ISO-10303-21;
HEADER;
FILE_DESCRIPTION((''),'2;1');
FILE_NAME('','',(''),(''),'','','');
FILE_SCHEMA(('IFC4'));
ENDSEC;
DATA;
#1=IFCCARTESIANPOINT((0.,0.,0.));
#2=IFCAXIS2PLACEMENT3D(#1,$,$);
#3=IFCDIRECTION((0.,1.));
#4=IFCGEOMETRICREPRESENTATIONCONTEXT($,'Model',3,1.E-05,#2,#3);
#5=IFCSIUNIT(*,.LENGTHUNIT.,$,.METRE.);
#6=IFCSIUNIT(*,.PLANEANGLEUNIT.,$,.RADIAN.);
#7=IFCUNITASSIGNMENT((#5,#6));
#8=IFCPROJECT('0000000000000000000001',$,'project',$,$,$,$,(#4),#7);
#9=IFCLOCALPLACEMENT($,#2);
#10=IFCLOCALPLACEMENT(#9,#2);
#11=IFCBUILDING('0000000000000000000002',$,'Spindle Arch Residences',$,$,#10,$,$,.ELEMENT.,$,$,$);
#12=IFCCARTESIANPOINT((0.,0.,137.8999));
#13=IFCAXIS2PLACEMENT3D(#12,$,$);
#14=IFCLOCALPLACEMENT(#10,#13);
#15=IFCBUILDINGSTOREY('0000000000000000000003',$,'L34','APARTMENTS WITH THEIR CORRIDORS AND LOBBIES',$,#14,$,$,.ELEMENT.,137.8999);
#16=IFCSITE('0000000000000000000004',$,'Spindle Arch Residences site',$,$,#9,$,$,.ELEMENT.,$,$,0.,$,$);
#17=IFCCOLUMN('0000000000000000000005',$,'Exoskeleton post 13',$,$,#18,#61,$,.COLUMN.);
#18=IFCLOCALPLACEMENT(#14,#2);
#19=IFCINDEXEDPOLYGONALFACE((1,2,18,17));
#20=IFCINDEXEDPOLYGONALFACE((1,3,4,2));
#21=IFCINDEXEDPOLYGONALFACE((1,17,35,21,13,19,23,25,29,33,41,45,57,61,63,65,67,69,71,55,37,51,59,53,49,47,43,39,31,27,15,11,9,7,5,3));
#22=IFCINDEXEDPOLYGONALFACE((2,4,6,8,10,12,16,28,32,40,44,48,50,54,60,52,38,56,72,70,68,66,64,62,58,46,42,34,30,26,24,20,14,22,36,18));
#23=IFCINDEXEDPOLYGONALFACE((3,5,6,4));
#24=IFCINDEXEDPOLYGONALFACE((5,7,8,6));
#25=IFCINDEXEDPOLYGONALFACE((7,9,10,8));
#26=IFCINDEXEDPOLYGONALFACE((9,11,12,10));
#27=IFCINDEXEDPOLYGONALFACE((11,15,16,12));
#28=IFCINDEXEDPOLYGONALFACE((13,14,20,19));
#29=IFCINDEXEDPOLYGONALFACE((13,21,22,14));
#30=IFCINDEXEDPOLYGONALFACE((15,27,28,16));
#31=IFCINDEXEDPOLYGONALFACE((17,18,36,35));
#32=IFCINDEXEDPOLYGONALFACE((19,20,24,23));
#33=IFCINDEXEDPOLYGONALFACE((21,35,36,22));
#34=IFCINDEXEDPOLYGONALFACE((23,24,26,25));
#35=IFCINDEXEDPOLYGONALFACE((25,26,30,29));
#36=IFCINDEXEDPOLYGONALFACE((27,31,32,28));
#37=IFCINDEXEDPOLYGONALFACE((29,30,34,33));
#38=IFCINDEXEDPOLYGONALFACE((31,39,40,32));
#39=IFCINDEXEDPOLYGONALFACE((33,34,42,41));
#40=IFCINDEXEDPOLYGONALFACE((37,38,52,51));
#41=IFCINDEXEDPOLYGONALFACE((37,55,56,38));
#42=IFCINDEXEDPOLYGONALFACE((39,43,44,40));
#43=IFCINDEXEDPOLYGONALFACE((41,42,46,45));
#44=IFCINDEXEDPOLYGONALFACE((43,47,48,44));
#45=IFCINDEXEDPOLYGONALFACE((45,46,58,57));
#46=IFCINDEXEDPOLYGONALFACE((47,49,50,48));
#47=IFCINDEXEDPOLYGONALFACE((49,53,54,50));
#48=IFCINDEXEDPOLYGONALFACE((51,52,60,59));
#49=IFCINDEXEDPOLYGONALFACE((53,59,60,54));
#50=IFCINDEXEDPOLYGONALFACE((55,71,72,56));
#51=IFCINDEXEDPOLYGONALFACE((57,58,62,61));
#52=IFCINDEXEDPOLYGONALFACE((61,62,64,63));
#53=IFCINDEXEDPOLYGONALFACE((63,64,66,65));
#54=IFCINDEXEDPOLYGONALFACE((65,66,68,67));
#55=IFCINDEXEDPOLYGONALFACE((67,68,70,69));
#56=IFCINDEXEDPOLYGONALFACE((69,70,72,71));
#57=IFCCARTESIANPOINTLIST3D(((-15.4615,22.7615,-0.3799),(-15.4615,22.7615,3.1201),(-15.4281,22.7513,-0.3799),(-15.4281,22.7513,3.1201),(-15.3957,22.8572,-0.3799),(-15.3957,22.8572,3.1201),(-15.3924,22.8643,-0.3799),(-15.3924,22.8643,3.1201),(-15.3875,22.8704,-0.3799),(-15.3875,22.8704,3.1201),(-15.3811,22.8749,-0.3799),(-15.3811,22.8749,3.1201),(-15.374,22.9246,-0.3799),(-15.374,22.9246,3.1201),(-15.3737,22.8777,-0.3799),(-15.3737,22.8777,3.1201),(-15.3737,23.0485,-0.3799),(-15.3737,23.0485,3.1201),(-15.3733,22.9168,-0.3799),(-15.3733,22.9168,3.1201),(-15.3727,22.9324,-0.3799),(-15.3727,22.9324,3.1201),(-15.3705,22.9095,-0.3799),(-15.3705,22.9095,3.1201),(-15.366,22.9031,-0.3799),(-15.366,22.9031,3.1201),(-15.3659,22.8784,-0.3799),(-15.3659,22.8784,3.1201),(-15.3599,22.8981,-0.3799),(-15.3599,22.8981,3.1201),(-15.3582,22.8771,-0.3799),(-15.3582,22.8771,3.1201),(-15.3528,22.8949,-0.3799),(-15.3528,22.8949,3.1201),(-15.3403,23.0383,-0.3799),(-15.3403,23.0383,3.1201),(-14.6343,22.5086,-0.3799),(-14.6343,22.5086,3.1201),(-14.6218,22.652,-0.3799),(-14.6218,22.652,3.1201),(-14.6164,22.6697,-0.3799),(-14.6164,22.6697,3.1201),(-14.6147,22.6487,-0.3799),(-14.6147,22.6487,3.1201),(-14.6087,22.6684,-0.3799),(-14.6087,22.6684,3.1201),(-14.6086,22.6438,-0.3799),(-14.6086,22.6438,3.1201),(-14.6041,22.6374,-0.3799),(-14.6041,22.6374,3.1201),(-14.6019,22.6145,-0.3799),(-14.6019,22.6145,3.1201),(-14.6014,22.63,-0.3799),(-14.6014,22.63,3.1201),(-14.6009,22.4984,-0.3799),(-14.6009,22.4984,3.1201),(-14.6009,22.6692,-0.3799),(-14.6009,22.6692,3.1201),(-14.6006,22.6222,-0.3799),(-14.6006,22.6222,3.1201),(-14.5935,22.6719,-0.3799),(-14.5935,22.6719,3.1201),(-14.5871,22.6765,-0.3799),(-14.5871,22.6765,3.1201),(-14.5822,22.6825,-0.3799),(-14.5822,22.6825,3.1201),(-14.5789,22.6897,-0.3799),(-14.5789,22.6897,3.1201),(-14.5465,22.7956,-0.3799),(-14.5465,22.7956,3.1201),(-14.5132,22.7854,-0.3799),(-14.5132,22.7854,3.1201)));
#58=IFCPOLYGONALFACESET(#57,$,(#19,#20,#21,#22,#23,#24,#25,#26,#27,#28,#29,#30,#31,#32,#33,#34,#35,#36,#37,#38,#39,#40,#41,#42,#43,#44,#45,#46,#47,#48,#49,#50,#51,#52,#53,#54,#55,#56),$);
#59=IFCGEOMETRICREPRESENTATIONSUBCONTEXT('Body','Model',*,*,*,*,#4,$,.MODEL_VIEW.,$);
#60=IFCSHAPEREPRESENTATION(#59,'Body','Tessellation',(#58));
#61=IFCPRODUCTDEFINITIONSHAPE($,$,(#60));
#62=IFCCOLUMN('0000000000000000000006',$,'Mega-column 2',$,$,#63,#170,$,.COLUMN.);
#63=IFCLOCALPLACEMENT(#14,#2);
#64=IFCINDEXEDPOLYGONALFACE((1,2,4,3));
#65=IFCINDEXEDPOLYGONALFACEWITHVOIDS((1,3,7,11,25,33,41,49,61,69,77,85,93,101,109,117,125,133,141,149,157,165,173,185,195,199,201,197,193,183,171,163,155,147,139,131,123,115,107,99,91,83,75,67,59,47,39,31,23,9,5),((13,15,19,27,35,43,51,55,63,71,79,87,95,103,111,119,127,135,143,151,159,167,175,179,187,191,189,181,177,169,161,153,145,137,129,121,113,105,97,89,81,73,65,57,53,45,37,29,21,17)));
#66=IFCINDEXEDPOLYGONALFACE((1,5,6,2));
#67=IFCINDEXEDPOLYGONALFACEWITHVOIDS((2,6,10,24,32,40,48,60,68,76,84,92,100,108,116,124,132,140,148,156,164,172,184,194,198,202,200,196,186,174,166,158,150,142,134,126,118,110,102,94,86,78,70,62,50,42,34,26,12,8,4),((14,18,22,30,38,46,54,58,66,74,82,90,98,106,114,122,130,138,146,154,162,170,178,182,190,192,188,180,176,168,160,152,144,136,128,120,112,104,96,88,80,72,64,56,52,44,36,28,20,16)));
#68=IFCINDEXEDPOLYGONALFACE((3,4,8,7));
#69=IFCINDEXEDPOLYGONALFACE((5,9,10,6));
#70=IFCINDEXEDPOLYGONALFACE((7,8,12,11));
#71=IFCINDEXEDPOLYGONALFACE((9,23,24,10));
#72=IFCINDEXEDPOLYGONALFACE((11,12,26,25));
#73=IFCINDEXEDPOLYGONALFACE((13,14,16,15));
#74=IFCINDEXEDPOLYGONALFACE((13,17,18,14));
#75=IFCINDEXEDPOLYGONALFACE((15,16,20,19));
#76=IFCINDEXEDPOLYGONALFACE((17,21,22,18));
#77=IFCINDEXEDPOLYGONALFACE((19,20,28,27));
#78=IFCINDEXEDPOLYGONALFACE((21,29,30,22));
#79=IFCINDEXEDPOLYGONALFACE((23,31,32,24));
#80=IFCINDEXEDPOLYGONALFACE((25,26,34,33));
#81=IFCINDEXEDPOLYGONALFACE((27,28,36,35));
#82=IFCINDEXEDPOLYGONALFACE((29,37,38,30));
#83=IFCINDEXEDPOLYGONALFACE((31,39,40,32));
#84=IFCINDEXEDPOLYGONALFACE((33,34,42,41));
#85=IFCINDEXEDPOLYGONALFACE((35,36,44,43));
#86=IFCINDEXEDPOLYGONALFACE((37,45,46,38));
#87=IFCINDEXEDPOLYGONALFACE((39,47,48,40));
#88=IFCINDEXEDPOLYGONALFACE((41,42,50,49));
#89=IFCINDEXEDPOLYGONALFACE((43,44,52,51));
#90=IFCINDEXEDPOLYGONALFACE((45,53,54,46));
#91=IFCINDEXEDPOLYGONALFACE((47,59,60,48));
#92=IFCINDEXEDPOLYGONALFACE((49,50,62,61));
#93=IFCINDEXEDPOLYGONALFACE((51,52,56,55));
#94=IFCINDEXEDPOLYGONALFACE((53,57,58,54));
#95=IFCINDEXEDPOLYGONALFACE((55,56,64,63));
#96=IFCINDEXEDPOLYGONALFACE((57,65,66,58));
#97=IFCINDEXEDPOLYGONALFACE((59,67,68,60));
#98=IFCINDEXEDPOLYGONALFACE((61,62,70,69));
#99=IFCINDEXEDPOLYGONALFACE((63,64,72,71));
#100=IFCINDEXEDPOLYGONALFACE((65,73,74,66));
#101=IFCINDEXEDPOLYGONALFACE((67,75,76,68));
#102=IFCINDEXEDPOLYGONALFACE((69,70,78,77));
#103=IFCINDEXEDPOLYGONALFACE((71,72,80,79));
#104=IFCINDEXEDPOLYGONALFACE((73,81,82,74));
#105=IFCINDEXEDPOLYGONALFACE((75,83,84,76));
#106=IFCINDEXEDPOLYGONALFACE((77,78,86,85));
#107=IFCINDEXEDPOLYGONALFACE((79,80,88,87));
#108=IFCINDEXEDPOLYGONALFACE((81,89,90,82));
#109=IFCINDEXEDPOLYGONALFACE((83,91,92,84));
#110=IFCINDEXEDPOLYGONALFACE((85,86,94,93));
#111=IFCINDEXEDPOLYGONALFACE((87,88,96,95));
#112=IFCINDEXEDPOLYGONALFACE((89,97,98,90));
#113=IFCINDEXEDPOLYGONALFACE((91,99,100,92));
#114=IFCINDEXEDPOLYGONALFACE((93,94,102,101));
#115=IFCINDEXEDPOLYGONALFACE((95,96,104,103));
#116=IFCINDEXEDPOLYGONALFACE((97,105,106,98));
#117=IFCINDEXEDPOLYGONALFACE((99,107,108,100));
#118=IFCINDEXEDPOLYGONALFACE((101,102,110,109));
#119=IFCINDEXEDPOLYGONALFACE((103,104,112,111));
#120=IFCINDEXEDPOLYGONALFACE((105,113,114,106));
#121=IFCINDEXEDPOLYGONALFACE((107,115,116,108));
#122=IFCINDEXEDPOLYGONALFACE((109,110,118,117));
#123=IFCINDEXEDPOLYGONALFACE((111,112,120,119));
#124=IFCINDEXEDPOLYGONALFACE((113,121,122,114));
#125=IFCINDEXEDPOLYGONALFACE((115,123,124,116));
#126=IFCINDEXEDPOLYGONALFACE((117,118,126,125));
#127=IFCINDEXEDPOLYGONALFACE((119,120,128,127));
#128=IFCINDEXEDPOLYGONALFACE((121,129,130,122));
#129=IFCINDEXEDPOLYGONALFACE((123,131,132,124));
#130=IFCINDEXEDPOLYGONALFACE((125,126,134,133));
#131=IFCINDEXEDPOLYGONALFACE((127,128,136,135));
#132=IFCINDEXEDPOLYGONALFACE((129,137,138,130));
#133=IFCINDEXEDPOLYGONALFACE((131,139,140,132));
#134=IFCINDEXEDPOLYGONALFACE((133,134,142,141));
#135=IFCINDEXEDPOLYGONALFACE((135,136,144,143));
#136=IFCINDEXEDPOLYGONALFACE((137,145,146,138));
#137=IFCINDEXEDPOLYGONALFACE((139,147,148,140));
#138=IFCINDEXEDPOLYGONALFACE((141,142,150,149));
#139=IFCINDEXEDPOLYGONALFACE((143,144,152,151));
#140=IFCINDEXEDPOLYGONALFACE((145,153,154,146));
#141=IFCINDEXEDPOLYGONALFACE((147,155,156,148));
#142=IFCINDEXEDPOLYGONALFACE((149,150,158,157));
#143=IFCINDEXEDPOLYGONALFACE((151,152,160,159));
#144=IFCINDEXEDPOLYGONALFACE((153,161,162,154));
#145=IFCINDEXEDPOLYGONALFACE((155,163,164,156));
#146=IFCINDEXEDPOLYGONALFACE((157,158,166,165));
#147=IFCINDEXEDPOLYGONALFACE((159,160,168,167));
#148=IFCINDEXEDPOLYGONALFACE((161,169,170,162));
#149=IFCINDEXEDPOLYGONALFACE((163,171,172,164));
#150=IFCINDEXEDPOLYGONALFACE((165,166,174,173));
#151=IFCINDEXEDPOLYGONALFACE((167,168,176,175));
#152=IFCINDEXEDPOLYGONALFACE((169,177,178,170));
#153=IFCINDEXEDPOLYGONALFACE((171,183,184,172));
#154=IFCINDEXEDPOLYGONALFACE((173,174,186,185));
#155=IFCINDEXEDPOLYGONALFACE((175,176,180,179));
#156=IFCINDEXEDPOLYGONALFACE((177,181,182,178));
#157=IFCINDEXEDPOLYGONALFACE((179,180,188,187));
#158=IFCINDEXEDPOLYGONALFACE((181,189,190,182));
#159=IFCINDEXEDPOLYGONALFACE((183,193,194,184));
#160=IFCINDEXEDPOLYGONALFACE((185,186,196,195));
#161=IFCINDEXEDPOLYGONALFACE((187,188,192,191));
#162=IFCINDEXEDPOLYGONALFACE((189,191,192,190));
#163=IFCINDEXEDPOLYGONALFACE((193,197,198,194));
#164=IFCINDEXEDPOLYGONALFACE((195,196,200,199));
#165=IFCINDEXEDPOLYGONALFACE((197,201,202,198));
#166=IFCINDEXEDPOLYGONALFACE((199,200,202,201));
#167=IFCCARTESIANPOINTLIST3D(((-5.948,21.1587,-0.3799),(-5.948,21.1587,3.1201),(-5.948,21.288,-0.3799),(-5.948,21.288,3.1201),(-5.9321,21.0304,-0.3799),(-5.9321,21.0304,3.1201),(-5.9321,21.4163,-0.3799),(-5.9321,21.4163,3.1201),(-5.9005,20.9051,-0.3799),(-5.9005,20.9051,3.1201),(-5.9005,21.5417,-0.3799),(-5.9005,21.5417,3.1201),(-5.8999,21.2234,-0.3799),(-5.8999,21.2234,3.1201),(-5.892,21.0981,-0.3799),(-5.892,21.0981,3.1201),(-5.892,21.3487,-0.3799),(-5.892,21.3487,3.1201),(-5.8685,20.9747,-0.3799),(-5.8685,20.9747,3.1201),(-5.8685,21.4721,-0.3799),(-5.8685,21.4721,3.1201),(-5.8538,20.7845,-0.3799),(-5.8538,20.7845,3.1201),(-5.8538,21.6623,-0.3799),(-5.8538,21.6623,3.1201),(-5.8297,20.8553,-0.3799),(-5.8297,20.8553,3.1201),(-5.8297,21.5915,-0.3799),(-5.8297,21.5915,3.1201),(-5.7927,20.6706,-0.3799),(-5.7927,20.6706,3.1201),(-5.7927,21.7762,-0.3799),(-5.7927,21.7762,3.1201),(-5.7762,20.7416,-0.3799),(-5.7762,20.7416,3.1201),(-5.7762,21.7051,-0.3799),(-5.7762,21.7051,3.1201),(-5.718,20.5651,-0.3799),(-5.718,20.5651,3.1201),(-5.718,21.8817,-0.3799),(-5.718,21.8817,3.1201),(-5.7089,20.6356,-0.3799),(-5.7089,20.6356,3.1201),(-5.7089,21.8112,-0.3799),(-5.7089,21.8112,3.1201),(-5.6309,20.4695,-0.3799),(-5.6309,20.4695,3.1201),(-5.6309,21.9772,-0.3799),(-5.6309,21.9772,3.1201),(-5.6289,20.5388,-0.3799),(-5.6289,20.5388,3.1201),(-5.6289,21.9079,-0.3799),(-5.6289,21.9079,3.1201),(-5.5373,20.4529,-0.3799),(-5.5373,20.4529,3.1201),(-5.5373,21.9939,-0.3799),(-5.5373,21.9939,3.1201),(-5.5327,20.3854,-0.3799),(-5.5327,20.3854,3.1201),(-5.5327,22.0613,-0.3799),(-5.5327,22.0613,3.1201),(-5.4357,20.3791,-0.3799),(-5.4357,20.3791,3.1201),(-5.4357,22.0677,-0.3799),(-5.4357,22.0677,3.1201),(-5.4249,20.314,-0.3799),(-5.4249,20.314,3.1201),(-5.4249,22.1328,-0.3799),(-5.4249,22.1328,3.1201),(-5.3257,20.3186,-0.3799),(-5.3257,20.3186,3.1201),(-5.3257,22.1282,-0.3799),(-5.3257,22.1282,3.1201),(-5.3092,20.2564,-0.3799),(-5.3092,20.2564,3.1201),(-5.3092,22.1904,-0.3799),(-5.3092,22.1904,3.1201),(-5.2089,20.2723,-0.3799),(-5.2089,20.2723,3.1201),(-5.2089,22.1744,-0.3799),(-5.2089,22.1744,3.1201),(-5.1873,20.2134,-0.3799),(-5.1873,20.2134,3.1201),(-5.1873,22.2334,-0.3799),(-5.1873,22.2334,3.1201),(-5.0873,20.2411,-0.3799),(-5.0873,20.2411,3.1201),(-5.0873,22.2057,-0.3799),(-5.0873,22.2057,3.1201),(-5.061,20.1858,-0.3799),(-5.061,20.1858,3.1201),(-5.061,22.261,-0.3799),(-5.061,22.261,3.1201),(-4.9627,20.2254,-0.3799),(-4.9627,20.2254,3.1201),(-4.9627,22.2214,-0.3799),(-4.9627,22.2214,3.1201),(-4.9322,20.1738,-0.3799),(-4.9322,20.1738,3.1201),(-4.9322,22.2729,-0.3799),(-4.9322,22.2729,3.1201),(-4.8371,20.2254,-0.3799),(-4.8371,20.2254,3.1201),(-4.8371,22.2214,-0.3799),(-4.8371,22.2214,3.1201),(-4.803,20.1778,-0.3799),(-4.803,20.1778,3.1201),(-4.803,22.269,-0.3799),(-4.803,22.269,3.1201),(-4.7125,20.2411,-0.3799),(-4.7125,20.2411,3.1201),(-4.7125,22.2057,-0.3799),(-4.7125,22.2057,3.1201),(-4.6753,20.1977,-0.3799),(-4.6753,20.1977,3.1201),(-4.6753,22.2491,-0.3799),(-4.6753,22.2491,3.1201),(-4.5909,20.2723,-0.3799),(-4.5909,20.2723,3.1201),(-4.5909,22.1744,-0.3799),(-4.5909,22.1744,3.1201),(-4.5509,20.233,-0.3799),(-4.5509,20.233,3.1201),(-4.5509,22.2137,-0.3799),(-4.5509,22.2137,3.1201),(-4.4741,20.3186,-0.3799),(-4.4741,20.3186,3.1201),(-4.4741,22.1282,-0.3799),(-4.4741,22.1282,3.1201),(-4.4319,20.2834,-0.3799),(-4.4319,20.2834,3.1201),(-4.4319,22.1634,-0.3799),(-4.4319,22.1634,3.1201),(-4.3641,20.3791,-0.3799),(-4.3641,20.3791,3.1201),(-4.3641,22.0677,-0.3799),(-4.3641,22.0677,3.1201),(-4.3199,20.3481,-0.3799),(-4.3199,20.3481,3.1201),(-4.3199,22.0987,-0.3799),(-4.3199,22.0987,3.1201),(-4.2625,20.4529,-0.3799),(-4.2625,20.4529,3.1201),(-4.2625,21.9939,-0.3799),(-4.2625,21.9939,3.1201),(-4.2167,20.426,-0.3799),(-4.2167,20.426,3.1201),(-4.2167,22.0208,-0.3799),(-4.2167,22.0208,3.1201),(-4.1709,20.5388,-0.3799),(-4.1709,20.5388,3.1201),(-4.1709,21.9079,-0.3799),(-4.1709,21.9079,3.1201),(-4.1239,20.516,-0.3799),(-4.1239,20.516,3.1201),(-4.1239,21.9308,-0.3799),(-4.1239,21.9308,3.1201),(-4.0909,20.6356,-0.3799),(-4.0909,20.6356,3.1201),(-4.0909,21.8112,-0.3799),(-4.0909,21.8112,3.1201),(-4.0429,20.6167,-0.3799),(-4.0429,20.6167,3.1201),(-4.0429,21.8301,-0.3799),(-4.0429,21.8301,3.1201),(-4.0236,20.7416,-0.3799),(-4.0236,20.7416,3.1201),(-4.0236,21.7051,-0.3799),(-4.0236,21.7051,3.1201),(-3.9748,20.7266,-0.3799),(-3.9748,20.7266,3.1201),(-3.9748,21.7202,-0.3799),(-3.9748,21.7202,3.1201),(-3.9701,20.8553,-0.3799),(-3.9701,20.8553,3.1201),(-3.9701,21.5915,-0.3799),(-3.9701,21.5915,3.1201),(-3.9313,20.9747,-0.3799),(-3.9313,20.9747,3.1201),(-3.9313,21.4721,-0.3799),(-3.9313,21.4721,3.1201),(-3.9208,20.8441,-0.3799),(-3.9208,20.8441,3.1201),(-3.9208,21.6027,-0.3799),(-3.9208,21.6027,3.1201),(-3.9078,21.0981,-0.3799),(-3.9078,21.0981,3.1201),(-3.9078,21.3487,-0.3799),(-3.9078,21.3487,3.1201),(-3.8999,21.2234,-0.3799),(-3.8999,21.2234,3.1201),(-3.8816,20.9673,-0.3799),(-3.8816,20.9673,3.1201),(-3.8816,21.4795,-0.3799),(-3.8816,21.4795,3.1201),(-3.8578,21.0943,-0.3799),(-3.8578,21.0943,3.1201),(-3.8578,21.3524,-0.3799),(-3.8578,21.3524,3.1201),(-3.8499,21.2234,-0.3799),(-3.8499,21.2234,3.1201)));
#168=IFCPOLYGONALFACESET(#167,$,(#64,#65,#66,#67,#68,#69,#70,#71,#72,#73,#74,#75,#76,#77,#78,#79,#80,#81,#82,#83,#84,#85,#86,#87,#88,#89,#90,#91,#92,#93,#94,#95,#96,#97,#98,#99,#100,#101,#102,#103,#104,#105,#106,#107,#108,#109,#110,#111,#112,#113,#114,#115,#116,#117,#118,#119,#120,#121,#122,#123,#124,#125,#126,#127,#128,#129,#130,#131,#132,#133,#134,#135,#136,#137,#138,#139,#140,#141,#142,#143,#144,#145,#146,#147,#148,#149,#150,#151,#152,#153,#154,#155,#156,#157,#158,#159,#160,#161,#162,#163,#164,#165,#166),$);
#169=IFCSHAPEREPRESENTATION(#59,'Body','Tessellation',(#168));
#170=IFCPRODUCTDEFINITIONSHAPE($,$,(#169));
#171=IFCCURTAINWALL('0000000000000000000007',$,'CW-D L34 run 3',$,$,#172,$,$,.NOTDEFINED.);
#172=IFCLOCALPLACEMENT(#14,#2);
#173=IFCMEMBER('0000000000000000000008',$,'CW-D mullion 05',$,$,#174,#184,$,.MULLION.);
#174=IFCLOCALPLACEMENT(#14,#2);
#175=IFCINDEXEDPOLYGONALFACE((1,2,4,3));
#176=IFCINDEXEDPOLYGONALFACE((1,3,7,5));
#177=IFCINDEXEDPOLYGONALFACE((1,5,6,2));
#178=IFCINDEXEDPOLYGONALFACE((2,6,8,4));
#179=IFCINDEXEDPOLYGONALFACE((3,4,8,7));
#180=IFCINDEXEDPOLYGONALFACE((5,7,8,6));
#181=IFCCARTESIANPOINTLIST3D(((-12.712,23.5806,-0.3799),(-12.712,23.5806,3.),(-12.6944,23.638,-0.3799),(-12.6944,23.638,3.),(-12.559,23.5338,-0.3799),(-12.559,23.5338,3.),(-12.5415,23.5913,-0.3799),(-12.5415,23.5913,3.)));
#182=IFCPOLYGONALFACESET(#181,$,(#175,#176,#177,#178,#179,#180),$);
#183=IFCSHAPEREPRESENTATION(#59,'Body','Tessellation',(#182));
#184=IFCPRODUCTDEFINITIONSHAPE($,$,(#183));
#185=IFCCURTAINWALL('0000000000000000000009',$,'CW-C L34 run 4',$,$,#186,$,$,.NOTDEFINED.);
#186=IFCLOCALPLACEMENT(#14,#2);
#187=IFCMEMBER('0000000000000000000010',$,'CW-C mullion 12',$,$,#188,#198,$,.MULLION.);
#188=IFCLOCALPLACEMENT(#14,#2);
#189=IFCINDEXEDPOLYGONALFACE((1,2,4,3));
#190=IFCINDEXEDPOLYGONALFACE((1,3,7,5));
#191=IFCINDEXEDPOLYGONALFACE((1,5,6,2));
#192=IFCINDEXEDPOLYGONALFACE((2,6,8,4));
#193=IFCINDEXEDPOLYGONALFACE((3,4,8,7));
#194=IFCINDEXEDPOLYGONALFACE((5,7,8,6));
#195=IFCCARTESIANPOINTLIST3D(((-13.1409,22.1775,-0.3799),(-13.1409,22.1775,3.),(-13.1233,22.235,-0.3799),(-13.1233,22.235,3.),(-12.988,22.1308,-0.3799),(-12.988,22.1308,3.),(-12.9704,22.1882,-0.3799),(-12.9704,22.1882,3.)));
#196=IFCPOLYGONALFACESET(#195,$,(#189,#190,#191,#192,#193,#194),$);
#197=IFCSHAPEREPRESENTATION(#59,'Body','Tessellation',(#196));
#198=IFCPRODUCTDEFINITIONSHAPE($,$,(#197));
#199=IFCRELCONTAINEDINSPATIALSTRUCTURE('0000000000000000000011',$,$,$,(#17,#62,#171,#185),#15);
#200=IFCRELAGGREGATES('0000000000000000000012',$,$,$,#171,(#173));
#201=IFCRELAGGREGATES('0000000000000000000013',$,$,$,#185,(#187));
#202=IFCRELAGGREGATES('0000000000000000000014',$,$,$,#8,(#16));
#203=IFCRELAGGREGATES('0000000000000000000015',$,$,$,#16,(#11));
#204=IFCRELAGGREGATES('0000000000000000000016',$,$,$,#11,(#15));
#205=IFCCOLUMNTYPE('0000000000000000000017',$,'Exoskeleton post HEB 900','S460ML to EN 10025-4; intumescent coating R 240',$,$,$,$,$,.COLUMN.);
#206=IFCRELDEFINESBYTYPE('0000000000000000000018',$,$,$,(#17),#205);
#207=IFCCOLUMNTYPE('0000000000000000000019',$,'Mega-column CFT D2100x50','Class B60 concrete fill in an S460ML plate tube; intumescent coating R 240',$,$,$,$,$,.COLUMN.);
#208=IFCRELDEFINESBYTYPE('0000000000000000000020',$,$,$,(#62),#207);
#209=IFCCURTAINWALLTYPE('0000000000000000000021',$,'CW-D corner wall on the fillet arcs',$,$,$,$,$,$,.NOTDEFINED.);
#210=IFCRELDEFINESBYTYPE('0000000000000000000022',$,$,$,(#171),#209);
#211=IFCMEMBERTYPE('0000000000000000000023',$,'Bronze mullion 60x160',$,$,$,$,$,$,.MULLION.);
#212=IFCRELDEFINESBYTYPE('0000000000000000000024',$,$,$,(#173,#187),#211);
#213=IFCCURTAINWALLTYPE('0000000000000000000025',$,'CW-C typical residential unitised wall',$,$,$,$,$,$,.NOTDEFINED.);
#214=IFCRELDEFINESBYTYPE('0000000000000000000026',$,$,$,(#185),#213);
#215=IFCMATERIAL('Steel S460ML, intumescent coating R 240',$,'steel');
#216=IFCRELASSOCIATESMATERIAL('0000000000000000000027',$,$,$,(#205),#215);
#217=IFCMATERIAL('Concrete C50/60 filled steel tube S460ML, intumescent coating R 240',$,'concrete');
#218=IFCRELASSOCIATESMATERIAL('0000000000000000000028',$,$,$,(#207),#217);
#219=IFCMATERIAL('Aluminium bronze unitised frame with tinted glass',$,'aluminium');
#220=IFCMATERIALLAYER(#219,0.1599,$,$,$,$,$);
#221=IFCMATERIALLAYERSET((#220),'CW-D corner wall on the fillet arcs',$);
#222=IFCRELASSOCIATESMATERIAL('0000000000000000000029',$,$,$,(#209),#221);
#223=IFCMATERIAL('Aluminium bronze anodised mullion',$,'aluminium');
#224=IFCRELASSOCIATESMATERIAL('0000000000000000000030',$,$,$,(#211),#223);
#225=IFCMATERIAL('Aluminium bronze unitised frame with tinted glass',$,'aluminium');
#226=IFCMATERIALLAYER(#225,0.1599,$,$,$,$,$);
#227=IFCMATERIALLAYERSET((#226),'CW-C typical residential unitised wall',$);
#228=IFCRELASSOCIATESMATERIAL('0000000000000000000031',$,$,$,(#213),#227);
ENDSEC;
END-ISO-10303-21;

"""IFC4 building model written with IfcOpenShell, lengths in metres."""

from ifc_helpers import new_model, si_unit, direction, frame, origin, origin_2d, place, context, subcontext, project, spatial, rectangle, hollow_circle, i_section, extrude, material, layer, layer_set, material_profile, profile_set, type_object, element, aggregate, save


model = new_model("IFC4")

# Units and contexts
model_context = context("Model", 3, precision=1e-05, world=origin(), true_north=direction((0.0, 1.0)))
body_context = subcontext(model_context, "Body", "Model", "MODEL_VIEW")
ifc_project = project(units=[si_unit("LENGTHUNIT", "METRE"), si_unit("PLANEANGLEUNIT", "RADIAN")], contexts=[model_context])

# Site, building, storey
site_placement = place(None, origin())
site = spatial("IfcSite", under=ifc_project, at=site_placement, Name="Spindle Arch Residences site", CompositionType="ELEMENT", RefElevation=0.0)
building_placement = place(site_placement, origin())
building = spatial("IfcBuilding", under=site, at=building_placement, Name="Spindle Arch Residences", CompositionType="ELEMENT")
storey_placement = place(building_placement, frame((0.0, 0.0, 137.8999)))
storey = spatial("IfcBuildingStorey", under=building, at=storey_placement, Name="L34", Description="APARTMENTS WITH THEIR CORRIDORS AND LOBBIES", CompositionType="ELEMENT", Elevation=137.8999)

# Columns
ifc_material_1 = material(Name="Steel S460ML, intumescent coating R 240", Category="steel")
ifc_material_profile_1 = material_profile(ifc_material_1, i_section(OverallWidth=0.3, OverallDepth=0.8999, WebThickness=0.0186, FlangeThickness=0.0349, FilletRadius=0.03, at=origin_2d()), Name="HEB 900")
ifc_profile_set_1 = profile_set([ifc_material_profile_1], Name="Steel S460ML, intumescent coating R 240")
column_type_1 = type_object("IfcColumnType", Name="Exoskeleton post HEB 900", Description="S460ML to EN 10025-4; intumescent coating R 240", PredefinedType="COLUMN", material=ifc_profile_set_1)
column_1_placement = place(storey_placement, frame((-14.9873, 22.7734, -0.3799), z_axis=(0.0, 0.0, 1.0), x_axis=(0.292372, 0.956305, 0.0)))
element("IfcColumn", 1, at=column_1_placement, inside=storey, type_object=column_type_1, Name="Exoskeleton post 13", PredefinedType="COLUMN", context=body_context, shape_type="SweptSolid", body=[
    extrude(i_section(OverallWidth=0.3, OverallDepth=0.8999, WebThickness=0.0186, FlangeThickness=0.0349, FilletRadius=0.03, at=origin_2d()), origin(), (0.0, 0.0, 1.0), 3.5),
])
ifc_material_2 = material(Name="Concrete C50/60 filled steel tube S460ML, intumescent coating R 240", Category="concrete")
ifc_material_profile_2 = material_profile(ifc_material_2, hollow_circle(Radius=1.05, WallThickness=0.05, at=origin_2d()), Name="CFT D2100x50")
ifc_profile_set_2 = profile_set([ifc_material_profile_2], Name="Concrete C50/60 filled steel tube S460ML, intumescent coating R 240")
column_type_2 = type_object("IfcColumnType", Name="Mega-column CFT D2100x50", Description="Class B60 concrete fill in an S460ML plate tube; intumescent coating R 240", PredefinedType="COLUMN", material=ifc_profile_set_2)
column_2_placement = place(storey_placement, frame((-4.8999, 21.2234, -0.3799), z_axis=(0.0, 0.0, 1.0), x_axis=(1.0, 0.0, 0.0)))
element("IfcColumn", 2, at=column_2_placement, inside=storey, type_object=column_type_2, Name="Mega-column 2", PredefinedType="COLUMN", context=body_context, shape_type="SweptSolid", body=[
    extrude(hollow_circle(Radius=1.05, WallThickness=0.05, at=origin_2d()), origin(), (0.0, 0.0, 1.0), 3.5),
])

# Curtain walls, members
ifc_material_3 = material(Name="Aluminium bronze unitised frame with tinted glass", Category="aluminium")
ifc_layer_1 = layer(ifc_material_3, 0.1599)
ifc_layer_set_1 = layer_set([ifc_layer_1], Name="CW-D corner wall on the fillet arcs")
curtain_wall_type_1 = type_object("IfcCurtainWallType", Name="CW-D corner wall on the fillet arcs", PredefinedType="NOTDEFINED", material=ifc_layer_set_1)
curtain_wall_1_placement = place(storey_placement, origin())
curtain_wall_1 = element("IfcCurtainWall", 3, at=curtain_wall_1_placement, inside=storey, type_object=curtain_wall_type_1, Name="CW-D L34 run 3", PredefinedType="NOTDEFINED")
ifc_material_4 = material(Name="Aluminium bronze anodised mullion", Category="aluminium")
ifc_material_profile_3 = material_profile(ifc_material_4, rectangle(XDim=0.1599, YDim=0.0601, at=origin_2d()), Name="MU 60x160")
ifc_profile_set_3 = profile_set([ifc_material_profile_3], Name="Aluminium bronze anodised mullion")
member_type_1 = type_object("IfcMemberType", Name="Bronze mullion 60x160", PredefinedType="MULLION", material=ifc_profile_set_3)
member_1_placement = place(storey_placement, frame((-12.6267, 23.5859, -0.3799), z_axis=(0.0, 0.0, 1.0), x_axis=(0.956305, -0.292372, 0.0)))
member_1 = element("IfcMember", 4, at=member_1_placement, type_object=member_type_1, Name="CW-D mullion 05", PredefinedType="MULLION", context=body_context, shape_type="SweptSolid", body=[
    extrude(rectangle(XDim=0.1599, YDim=0.0601, at=origin_2d()), origin(), (0.0, 0.0, 1.0), 3.3799),
])
ifc_material_5 = material(Name="Aluminium bronze unitised frame with tinted glass", Category="aluminium")
ifc_layer_2 = layer(ifc_material_5, 0.1599)
ifc_layer_set_2 = layer_set([ifc_layer_2], Name="CW-C typical residential unitised wall")
curtain_wall_type_2 = type_object("IfcCurtainWallType", Name="CW-C typical residential unitised wall", PredefinedType="NOTDEFINED", material=ifc_layer_set_2)
curtain_wall_2_placement = place(storey_placement, origin())
curtain_wall_2 = element("IfcCurtainWall", 5, at=curtain_wall_2_placement, inside=storey, type_object=curtain_wall_type_2, Name="CW-C L34 run 4", PredefinedType="NOTDEFINED")
member_2_placement = place(storey_placement, frame((-13.0557, 22.1829, -0.3799), z_axis=(0.0, 0.0, 1.0), x_axis=(0.956305, -0.292372, 0.0)))
member_2 = element("IfcMember", 6, at=member_2_placement, type_object=member_type_1, Name="CW-C mullion 12", PredefinedType="MULLION", context=body_context, shape_type="SweptSolid", body=[
    extrude(rectangle(XDim=0.1599, YDim=0.0601, at=origin_2d()), origin(), (0.0, 0.0, 1.0), 3.3799),
])

aggregate(curtain_wall_1, [member_1])
aggregate(curtain_wall_2, [member_2])

save(model, "model.ifc")
